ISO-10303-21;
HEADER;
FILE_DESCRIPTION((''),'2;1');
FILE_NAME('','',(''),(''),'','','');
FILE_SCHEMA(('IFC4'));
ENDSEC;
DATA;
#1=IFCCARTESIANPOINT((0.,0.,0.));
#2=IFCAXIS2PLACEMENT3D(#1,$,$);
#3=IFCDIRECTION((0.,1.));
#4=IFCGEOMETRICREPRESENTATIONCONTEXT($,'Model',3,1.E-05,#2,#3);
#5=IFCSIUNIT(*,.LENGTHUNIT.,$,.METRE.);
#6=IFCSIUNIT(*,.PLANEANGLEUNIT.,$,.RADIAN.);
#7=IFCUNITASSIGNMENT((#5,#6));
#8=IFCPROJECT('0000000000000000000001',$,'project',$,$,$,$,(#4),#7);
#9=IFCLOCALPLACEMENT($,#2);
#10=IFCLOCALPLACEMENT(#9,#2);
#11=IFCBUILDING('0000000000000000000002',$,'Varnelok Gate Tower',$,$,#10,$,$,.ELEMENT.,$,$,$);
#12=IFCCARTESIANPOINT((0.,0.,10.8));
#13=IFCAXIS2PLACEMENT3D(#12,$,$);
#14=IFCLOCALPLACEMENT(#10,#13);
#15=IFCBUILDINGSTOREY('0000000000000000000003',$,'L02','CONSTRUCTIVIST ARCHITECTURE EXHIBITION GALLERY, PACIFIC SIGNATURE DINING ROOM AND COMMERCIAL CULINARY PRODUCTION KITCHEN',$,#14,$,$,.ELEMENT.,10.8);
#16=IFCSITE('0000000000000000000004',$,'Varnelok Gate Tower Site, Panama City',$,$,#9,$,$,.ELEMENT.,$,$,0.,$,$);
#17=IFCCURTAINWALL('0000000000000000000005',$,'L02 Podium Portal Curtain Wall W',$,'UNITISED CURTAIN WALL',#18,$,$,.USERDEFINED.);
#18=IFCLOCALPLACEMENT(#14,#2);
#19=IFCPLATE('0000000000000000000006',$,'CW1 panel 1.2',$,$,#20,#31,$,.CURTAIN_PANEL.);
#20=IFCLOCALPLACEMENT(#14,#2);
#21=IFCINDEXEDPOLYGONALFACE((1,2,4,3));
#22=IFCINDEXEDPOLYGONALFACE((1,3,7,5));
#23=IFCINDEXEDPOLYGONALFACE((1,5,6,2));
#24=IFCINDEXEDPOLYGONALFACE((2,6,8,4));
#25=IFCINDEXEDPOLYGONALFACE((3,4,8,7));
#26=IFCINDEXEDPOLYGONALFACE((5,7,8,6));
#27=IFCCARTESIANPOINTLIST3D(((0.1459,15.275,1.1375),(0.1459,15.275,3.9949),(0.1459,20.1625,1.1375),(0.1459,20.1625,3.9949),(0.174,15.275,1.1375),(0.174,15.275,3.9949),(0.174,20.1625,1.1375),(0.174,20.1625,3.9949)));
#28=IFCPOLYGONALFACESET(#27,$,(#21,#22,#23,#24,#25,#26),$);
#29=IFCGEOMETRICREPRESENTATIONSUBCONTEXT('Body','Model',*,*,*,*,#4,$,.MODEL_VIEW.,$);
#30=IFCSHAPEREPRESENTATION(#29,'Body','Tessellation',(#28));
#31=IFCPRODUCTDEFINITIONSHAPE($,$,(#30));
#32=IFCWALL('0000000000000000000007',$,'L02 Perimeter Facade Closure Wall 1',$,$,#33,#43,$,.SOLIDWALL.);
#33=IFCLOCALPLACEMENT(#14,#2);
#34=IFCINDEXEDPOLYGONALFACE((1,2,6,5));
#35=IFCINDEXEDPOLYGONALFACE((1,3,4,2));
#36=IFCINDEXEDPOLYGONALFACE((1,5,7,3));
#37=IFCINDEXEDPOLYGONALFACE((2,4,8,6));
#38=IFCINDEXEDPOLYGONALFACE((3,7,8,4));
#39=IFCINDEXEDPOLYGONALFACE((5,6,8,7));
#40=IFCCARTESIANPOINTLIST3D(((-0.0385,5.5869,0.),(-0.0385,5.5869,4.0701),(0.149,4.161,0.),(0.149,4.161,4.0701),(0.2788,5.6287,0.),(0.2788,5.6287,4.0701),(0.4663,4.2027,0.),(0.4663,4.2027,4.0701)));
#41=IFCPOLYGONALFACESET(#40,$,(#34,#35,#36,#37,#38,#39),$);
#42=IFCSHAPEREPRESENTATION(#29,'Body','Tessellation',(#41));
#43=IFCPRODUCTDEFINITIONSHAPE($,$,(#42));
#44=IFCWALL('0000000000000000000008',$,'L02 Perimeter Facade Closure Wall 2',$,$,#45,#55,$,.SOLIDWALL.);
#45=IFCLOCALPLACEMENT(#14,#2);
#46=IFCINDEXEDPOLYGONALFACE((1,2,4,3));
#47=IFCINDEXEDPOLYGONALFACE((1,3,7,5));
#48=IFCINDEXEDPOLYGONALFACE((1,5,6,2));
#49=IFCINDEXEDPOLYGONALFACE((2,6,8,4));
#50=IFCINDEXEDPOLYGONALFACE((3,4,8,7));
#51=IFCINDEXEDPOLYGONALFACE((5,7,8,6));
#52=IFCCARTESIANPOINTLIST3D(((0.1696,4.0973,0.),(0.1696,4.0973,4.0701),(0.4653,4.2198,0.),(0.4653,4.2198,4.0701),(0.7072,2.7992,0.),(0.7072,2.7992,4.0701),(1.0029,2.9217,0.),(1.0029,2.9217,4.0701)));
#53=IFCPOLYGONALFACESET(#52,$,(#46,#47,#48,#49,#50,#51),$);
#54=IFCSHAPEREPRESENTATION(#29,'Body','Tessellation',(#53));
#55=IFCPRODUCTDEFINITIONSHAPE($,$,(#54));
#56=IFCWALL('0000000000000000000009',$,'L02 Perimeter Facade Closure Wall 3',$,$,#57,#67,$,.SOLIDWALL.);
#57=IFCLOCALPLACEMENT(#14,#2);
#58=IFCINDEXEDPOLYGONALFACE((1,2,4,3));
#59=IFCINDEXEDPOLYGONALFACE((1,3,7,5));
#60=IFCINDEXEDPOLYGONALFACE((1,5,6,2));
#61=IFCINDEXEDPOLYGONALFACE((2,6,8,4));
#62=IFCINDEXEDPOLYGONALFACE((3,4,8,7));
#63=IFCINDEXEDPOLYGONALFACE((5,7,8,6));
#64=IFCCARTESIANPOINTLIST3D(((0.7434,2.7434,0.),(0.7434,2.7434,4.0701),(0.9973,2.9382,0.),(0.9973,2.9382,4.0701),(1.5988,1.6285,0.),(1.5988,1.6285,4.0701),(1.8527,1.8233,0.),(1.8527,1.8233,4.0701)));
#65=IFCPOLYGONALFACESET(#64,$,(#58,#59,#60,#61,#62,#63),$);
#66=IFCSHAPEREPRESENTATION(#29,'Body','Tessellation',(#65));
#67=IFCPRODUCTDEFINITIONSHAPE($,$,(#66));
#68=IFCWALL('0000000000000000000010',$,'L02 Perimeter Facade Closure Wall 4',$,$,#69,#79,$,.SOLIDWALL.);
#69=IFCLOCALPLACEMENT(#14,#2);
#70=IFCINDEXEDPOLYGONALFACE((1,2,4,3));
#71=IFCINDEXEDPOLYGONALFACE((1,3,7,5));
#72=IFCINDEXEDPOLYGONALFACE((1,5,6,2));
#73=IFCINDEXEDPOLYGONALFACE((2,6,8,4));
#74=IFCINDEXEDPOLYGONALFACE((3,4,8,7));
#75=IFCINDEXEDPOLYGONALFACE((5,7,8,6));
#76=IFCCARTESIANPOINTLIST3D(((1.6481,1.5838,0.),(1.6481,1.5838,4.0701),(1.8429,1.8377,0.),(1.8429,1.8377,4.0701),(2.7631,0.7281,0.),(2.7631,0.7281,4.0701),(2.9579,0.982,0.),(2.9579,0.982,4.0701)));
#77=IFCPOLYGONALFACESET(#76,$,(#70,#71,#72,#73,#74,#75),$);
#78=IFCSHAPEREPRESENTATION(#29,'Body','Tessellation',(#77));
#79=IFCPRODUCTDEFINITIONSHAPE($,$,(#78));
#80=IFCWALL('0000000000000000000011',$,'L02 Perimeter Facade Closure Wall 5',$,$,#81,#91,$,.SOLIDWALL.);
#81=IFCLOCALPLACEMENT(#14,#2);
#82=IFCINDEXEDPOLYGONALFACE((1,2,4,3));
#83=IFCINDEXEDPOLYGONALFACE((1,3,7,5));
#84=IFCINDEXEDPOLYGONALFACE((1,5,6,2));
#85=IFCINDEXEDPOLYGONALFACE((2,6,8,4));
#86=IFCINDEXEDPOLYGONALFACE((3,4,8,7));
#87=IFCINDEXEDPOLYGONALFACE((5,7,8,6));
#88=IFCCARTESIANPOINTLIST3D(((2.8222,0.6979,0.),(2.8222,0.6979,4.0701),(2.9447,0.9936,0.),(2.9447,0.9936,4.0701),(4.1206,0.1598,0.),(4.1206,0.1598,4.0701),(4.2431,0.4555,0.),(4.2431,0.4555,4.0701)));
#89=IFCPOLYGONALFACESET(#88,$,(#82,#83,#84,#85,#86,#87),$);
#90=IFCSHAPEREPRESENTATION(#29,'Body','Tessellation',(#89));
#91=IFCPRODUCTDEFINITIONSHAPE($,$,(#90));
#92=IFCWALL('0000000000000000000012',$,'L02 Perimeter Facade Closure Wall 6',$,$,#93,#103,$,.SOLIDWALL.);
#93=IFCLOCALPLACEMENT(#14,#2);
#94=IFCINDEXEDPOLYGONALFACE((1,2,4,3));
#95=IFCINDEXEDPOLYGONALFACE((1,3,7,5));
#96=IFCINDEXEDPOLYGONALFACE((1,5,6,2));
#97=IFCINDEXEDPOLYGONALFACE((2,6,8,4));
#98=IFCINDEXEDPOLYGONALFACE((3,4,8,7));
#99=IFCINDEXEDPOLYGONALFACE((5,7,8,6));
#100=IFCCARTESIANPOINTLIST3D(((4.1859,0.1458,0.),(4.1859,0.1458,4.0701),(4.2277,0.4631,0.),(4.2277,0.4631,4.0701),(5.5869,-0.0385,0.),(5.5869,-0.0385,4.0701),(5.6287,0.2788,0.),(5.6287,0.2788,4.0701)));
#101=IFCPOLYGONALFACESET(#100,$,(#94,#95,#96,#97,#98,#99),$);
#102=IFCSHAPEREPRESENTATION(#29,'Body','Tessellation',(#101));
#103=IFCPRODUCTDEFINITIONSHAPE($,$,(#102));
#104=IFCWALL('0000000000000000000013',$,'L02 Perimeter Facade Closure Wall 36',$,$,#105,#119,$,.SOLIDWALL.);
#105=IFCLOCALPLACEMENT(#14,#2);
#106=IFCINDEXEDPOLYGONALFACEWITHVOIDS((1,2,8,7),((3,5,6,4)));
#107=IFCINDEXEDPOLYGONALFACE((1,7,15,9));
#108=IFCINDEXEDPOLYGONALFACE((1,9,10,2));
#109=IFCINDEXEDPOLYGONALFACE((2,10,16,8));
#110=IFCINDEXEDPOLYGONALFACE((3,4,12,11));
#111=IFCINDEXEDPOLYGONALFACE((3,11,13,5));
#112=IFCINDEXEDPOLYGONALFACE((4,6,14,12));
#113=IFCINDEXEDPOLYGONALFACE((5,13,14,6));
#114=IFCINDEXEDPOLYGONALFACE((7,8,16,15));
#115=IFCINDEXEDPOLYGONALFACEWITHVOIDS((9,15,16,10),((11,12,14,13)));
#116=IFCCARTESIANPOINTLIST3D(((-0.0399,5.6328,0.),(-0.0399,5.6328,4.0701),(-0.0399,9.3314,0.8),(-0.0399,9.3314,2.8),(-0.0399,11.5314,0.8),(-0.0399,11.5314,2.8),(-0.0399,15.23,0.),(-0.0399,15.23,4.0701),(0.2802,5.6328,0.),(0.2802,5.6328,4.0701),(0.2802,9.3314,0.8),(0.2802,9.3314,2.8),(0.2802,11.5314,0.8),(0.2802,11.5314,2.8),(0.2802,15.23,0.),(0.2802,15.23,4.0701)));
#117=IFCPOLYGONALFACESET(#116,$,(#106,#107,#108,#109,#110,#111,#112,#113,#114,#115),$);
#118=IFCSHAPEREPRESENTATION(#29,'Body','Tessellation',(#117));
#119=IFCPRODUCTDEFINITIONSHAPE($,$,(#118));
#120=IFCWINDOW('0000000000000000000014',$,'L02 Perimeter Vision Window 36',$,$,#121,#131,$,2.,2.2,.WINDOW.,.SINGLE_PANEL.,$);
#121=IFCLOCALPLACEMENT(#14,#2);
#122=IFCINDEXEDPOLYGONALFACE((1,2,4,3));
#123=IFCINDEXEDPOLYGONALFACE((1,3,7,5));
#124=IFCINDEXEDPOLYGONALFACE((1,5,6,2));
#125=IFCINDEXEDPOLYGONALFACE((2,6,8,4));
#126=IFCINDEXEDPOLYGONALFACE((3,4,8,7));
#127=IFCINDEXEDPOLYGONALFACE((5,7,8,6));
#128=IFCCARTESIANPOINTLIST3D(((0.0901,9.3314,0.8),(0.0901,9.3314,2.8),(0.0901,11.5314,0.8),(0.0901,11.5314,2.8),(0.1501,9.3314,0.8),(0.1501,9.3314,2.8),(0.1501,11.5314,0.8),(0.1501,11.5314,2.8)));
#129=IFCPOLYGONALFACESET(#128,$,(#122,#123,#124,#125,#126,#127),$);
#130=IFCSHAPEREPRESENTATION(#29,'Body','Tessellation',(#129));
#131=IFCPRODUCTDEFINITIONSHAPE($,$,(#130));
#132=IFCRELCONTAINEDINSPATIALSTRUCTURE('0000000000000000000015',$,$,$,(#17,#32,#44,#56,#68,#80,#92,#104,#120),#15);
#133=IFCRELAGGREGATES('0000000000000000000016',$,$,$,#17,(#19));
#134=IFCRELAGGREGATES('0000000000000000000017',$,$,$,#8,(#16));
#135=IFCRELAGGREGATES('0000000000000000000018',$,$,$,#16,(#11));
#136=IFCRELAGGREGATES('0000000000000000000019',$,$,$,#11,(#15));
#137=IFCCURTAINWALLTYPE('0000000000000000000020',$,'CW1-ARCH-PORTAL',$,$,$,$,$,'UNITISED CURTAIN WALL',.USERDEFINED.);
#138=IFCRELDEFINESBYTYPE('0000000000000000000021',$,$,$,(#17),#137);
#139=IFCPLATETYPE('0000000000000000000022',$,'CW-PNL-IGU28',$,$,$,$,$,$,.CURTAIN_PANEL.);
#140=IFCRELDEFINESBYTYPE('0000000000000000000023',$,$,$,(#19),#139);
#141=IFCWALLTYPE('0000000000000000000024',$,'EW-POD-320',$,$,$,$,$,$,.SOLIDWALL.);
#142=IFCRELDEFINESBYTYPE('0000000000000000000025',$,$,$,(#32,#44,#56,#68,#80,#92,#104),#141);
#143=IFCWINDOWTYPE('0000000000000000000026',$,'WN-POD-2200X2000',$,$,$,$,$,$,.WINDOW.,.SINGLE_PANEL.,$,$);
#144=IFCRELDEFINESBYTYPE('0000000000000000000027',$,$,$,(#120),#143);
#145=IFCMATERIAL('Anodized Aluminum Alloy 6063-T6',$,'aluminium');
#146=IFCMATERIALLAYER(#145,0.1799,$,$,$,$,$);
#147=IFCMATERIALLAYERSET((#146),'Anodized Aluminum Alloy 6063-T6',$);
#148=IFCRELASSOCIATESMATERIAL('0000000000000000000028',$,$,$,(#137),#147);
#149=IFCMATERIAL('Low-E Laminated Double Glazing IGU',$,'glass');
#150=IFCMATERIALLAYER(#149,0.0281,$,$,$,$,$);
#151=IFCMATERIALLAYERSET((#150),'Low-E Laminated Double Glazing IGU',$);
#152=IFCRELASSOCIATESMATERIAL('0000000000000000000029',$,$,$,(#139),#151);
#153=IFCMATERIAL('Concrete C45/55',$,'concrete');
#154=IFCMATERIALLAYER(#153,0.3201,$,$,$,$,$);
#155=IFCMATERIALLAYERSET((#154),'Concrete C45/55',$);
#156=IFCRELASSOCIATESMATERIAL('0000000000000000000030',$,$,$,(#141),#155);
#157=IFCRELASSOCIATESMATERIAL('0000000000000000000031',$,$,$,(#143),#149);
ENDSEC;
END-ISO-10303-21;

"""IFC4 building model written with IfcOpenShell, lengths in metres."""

from ifc_helpers import new_model, si_unit, direction, frame, frame_2d, origin, origin_2d, place, context, subcontext, project, spatial, rectangle, extrude, source, transform, mapped, material, layer, layer_set, type_object, element, fill, aggregate, save


model = new_model("IFC4")

# Units and contexts
model_context = context("Model", 3, precision=1e-05, world=origin(), true_north=direction((0.0, 1.0)))
body_context = subcontext(model_context, "Body", "Model", "MODEL_VIEW")
ifc_project = project(units=[si_unit("LENGTHUNIT", "METRE"), si_unit("PLANEANGLEUNIT", "RADIAN")], contexts=[model_context])

# Site, building, storey
site_placement = place(None, origin())
site = spatial("IfcSite", under=ifc_project, at=site_placement, Name="Varnelok Gate Tower Site, Panama City", CompositionType="ELEMENT", RefElevation=0.0)
building_placement = place(site_placement, origin())
building = spatial("IfcBuilding", under=site, at=building_placement, Name="Varnelok Gate Tower", CompositionType="ELEMENT")
storey_placement = place(building_placement, frame((0.0, 0.0, 10.8)))
storey = spatial("IfcBuildingStorey", under=building, at=storey_placement, Name="L02", Description="CONSTRUCTIVIST ARCHITECTURE EXHIBITION GALLERY, PACIFIC SIGNATURE DINING ROOM AND COMMERCIAL CULINARY PRODUCTION KITCHEN", CompositionType="ELEMENT", Elevation=10.8)

# Curtain wall
ifc_material_1 = material(Name="Anodized Aluminum Alloy 6063-T6", Category="aluminium")
ifc_layer_1 = layer(ifc_material_1, 0.1799)
ifc_layer_set_1 = layer_set([ifc_layer_1], Name="Anodized Aluminum Alloy 6063-T6")
curtain_wall_type = type_object("IfcCurtainWallType", Name="CW1-ARCH-PORTAL", ElementType="UNITISED CURTAIN WALL", PredefinedType="USERDEFINED", material=ifc_layer_set_1)
curtain_wall_placement = place(storey_placement, origin())
curtain_wall = element("IfcCurtainWall", 1, at=curtain_wall_placement, inside=storey, type_object=curtain_wall_type, Name="L02 Podium Portal Curtain Wall W", ObjectType="UNITISED CURTAIN WALL", PredefinedType="USERDEFINED")

# Shared definitions
ifc_material_2 = material(Name="Concrete C45/55", Category="concrete")

# Plate
ifc_material_3 = material(Name="Low-E Laminated Double Glazing IGU", Category="glass")
ifc_layer_2 = layer(ifc_material_3, 0.0281)
ifc_layer_set_2 = layer_set([ifc_layer_2], Name="Low-E Laminated Double Glazing IGU")
plate_type = type_object("IfcPlateType", Name="CW-PNL-IGU28", PredefinedType="CURTAIN_PANEL", material=ifc_layer_set_2)
shared_shape_1 = source(origin(), body_context, "Body", "SweptSolid", [
    extrude(rectangle(XDim=4.8875, YDim=0.0281, at=origin_2d()), origin(), (0.0, 0.0, 1.0), 2.8574),
])
plate_1_placement = place(storey_placement, frame((0.1599, 17.7188, 1.1375), z_axis=(0.0, 0.0, 1.0), x_axis=(0.0, 1.0, 0.0)))
plate_1 = element("IfcPlate", 2, at=plate_1_placement, type_object=plate_type, Name="CW1 panel 1.2", PredefinedType="CURTAIN_PANEL", context=body_context, shape_type="MappedRepresentation", body=[
    mapped(shared_shape_1, transform((0.0, 0.0, 0.0), scale=1.0)),
])
aggregate(curtain_wall, [plate_1])

# Walls
ifc_layer_3 = layer(ifc_material_2, 0.3201)
ifc_layer_set_3 = layer_set([ifc_layer_3], Name="Concrete C45/55")
wall_type = type_object("IfcWallType", Name="EW-POD-320", PredefinedType="SOLIDWALL", material=ifc_layer_set_3)
wall_1_placement = place(storey_placement, frame((0.1201, 5.6079, 0.0), z_axis=(0.0, 0.0, 1.0), x_axis=(0.130362, -0.991466, 0.0)))
element("IfcWall", 3, at=wall_1_placement, inside=storey, type_object=wall_type, Name="L02 Perimeter Facade Closure Wall 1", PredefinedType="SOLIDWALL", context=body_context, shape_type="SweptSolid", body=[
    extrude(rectangle(XDim=1.4382, YDim=0.3201, at=frame_2d((0.7192, 0.0))), origin(), (0.0, 0.0, 1.0), 4.0701),
])
wall_2_placement = place(storey_placement, frame((0.3174, 4.1587, 0.0), z_axis=(0.0, 0.0, 1.0), x_axis=(0.382628, -0.923902, 0.0)))
element("IfcWall", 4, at=wall_2_placement, inside=storey, type_object=wall_type, Name="L02 Perimeter Facade Closure Wall 2", PredefinedType="SOLIDWALL", context=body_context, shape_type="SweptSolid", body=[
    extrude(rectangle(XDim=1.405, YDim=0.3201, at=frame_2d((0.7026, 0.0))), origin(), (0.0, 0.0, 1.0), 4.0701),
])
wall_3_placement = place(storey_placement, frame((0.8704, 2.8408, 0.0), z_axis=(0.0, 0.0, 1.0), x_axis=(0.60872, -0.793385, 0.0)))
element("IfcWall", 5, at=wall_3_placement, inside=storey, type_object=wall_type, Name="L02 Perimeter Facade Closure Wall 3", PredefinedType="SOLIDWALL", context=body_context, shape_type="SweptSolid", body=[
    extrude(rectangle(XDim=1.4053, YDim=0.3201, at=frame_2d((0.7026, 0.0))), origin(), (0.0, 0.0, 1.0), 4.0701),
])
for number, where, z_axis, x_axis, name in (
    (6, (1.7456, 1.7107, 0.0), (0.0, 0.0, 1.0), (0.793302, -0.608829, 0.0), "L02 Perimeter Facade Closure Wall 4"),
    (7, (2.8835, 0.8457, 0.0), (0.0, 0.0, 1.0), (0.923805, -0.382863, 0.0), "L02 Perimeter Facade Closure Wall 5"),
):
    element("IfcWall", number, at=place(storey_placement, frame(where, z_axis=z_axis, x_axis=x_axis)), inside=storey, type_object=wall_type, Name=name, PredefinedType="SOLIDWALL", context=body_context, shape_type="SweptSolid", body=[
        extrude(rectangle(XDim=1.4055, YDim=0.3201, at=frame_2d((0.7026, 0.0))), origin(), (0.0, 0.0, 1.0), 4.0701),
    ])
wall_4_placement = place(storey_placement, frame((4.2068, 0.3044, 0.0), z_axis=(0.0, 0.0, 1.0), x_axis=(0.991457, -0.130432, 0.0)))
element("IfcWall", 8, at=wall_4_placement, inside=storey, type_object=wall_type, Name="L02 Perimeter Facade Closure Wall 6", PredefinedType="SOLIDWALL", context=body_context, shape_type="SweptSolid", body=[
    extrude(rectangle(XDim=1.4131, YDim=0.3201, at=frame_2d((0.7065, 0.0))), origin(), (0.0, 0.0, 1.0), 4.0701),
])

# Wall, opening, window
wall_5_placement = place(storey_placement, frame((0.1201, 15.23, 0.0), z_axis=(0.0, 0.0, 1.0), x_axis=(0.0, -1.0, 0.0)))
wall_5 = element("IfcWall", 9, at=wall_5_placement, inside=storey, type_object=wall_type, Name="L02 Perimeter Facade Closure Wall 36", PredefinedType="SOLIDWALL", context=body_context, shape_type="SweptSolid", body=[
    extrude(rectangle(XDim=9.5972, YDim=0.3201, at=frame_2d((4.7986, 0.0))), origin(), (0.0, 0.0, 1.0), 4.0701),
])
opening_placement = place(wall_5_placement, frame((3.6985, 0.0, 0.8)))
opening = element("IfcOpeningElement", 10, at=opening_placement, cuts=wall_5, PredefinedType="OPENING", context=body_context, shape_type="SweptSolid", body=[
    extrude(rectangle(XDim=2.2, YDim=2.0, at=frame_2d((1.1001, 1.0))), frame((0.0, 0.1699, 0.0), z_axis=(0.0, -1.0, 0.0), x_axis=(1.0, 0.0, 0.0)), (0.0, 0.0, 1.0), 0.3401),
])
window_type = type_object("IfcWindowType", Name="WN-POD-2200X2000", PartitioningType="SINGLE_PANEL", PredefinedType="WINDOW", material=ifc_material_3)
window_placement = place(opening_placement, origin())
window = element("IfcWindow", 11, at=window_placement, inside=storey, type_object=window_type, Name="L02 Perimeter Vision Window 36", OverallHeight=2.0, OverallWidth=2.2, PartitioningType="SINGLE_PANEL", PredefinedType="WINDOW", context=body_context, shape_type="SweptSolid", body=[
    extrude(rectangle(XDim=2.2, YDim=2.0, at=frame_2d((1.1001, 1.0))), frame((0.0, 0.03, 0.0), z_axis=(0.0, -1.0, 0.0), x_axis=(1.0, 0.0, 0.0)), (0.0, 0.0, 1.0), 0.0601),
])
fill(opening, window)

save(model, "model.ifc")
